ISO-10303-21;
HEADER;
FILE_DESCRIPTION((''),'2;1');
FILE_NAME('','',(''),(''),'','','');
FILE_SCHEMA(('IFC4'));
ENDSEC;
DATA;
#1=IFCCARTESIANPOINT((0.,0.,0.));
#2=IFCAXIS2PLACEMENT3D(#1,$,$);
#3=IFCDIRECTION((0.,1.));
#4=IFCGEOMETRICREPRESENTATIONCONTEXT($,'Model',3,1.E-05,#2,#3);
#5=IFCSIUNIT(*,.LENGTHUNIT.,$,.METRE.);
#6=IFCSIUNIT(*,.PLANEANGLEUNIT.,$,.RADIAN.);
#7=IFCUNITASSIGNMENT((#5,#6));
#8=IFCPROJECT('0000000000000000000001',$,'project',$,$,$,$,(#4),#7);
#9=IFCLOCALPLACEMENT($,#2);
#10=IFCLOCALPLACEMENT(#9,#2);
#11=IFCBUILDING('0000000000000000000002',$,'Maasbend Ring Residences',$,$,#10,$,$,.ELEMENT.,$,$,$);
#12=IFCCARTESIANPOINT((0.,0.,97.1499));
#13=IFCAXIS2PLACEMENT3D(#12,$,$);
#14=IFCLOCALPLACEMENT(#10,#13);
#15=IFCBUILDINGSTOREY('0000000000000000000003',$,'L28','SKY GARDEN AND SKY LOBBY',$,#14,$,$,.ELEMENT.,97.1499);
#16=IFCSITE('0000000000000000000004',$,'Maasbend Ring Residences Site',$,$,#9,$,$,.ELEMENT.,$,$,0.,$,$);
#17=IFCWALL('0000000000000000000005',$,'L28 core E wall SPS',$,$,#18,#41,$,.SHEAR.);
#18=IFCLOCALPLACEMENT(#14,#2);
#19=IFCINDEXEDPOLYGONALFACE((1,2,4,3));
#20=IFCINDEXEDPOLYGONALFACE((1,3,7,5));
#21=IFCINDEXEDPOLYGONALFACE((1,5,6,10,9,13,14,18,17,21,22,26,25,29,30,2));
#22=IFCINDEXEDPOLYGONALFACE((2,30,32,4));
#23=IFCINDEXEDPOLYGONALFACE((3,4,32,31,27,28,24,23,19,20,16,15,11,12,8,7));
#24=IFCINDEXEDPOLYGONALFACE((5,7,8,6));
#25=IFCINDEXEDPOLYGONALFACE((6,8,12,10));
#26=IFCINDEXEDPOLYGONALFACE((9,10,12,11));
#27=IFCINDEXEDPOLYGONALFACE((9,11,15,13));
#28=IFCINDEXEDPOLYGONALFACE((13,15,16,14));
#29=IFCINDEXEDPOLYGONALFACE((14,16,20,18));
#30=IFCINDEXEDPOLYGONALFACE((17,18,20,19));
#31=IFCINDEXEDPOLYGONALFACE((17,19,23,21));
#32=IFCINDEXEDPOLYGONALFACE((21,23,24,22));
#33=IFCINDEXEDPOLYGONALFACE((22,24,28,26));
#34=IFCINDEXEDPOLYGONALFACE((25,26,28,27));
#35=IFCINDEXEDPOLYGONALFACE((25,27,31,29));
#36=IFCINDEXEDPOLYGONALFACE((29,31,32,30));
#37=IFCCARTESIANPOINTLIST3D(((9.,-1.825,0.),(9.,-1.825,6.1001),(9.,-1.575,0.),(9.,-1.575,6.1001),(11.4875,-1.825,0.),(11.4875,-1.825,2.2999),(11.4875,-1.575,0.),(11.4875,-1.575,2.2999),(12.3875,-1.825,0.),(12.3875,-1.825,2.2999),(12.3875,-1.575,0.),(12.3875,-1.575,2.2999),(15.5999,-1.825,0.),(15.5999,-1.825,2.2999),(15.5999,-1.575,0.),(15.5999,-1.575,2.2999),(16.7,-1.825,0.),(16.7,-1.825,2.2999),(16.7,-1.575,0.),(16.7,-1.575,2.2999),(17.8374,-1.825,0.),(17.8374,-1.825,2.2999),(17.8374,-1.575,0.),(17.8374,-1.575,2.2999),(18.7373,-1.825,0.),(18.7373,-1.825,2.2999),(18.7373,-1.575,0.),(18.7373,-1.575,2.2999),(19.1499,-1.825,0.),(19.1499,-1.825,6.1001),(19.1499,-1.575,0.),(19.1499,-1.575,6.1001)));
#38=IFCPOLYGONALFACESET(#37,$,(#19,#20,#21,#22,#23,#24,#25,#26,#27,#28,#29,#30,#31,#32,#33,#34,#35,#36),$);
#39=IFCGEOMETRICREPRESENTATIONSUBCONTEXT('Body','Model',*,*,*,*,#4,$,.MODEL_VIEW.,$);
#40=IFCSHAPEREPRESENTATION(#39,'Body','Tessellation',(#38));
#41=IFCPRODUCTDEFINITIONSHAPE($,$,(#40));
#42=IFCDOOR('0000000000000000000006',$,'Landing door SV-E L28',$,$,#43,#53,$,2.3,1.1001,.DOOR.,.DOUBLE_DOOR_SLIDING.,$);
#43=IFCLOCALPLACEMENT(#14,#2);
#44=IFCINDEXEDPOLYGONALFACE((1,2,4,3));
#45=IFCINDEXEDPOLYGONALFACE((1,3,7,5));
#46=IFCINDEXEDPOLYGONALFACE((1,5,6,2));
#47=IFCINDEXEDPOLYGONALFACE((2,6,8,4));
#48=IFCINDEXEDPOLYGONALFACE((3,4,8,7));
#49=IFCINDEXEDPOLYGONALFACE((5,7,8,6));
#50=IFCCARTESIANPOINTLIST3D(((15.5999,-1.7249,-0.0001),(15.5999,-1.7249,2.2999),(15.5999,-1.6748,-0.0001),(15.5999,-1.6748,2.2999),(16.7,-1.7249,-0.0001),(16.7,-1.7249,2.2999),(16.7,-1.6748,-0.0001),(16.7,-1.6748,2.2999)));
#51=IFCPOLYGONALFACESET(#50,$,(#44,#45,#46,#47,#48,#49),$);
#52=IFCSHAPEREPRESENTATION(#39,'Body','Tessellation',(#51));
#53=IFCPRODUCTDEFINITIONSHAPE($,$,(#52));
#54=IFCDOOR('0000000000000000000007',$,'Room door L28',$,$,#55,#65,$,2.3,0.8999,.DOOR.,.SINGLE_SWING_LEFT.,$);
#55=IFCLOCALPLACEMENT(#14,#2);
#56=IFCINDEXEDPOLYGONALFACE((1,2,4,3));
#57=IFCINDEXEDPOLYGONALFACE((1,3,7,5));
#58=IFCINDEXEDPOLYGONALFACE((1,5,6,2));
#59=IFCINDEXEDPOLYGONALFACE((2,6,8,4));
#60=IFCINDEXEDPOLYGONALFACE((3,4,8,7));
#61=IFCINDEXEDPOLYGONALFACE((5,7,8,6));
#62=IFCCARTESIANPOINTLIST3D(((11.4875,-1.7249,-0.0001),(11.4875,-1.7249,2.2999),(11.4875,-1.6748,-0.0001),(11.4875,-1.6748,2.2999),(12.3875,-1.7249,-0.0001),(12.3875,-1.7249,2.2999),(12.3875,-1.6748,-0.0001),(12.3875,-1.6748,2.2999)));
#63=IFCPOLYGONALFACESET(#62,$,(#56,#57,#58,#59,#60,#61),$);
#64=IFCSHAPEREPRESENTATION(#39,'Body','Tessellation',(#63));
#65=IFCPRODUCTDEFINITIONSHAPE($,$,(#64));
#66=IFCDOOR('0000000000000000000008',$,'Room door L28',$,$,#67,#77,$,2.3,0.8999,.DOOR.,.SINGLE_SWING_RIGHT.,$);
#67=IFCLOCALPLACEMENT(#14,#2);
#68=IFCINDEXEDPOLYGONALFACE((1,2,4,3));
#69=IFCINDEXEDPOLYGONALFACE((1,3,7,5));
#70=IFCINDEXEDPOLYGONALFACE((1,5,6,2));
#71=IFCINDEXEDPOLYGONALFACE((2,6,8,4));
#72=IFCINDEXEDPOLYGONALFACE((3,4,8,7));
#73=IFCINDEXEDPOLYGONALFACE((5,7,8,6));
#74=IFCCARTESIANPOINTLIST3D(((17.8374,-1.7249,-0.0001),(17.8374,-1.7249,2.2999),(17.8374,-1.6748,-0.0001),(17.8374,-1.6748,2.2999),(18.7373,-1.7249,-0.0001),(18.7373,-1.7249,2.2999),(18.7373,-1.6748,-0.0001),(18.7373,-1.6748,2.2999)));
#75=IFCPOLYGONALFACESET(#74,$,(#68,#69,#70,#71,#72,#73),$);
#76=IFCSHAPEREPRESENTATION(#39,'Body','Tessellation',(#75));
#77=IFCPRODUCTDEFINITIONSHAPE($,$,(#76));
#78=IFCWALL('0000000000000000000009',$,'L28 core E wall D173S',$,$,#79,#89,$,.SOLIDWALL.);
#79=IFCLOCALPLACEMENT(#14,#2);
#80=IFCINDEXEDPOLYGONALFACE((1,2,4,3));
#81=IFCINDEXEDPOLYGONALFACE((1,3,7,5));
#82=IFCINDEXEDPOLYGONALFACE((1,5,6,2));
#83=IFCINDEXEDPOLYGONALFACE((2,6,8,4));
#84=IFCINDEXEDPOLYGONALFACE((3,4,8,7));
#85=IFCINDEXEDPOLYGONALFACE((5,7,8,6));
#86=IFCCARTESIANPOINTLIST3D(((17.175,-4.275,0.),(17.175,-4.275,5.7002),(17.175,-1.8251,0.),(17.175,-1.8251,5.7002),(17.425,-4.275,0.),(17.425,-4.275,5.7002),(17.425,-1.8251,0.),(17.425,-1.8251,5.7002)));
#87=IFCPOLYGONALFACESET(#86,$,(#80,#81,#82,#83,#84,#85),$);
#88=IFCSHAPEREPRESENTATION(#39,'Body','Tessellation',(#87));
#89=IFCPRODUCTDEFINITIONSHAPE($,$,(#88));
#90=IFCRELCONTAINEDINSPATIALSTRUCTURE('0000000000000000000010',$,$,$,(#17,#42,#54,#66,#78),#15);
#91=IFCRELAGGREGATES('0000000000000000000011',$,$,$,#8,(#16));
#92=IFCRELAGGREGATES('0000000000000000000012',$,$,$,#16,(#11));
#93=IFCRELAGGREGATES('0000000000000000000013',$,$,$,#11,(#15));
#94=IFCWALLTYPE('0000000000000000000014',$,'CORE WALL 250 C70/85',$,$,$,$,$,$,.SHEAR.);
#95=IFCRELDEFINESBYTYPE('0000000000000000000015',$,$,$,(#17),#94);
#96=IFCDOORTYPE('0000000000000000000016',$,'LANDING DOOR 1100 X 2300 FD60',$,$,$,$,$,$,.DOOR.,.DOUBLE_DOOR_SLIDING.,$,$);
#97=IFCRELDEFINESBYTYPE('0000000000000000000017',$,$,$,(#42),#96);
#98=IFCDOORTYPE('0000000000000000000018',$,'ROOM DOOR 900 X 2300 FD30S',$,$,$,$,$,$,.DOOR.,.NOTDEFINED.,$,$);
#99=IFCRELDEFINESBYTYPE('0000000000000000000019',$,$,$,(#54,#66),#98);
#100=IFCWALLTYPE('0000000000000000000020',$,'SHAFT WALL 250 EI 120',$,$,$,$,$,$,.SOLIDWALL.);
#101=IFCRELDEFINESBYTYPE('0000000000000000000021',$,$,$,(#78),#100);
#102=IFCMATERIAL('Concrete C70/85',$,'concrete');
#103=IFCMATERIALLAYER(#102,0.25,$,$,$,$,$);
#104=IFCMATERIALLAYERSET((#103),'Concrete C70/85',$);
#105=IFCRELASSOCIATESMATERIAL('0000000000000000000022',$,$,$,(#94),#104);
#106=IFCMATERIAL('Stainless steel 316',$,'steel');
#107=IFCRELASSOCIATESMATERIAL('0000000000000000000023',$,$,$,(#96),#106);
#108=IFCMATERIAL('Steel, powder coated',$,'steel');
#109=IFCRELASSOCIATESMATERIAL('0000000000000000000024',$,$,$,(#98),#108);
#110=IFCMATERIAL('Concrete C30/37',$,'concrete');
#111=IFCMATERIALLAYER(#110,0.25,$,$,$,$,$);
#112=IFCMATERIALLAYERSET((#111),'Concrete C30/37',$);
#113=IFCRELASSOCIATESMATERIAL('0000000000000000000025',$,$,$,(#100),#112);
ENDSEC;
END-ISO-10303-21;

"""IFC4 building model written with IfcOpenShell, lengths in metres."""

from ifc_helpers import new_model, si_unit, direction, frame, frame_2d, origin, place, context, subcontext, project, spatial, rectangle, extrude, material, layer, layer_set, type_object, element, fill, save


model = new_model("IFC4")

# Units and contexts
model_context = context("Model", 3, precision=1e-05, world=origin(), true_north=direction((0.0, 1.0)))
body_context = subcontext(model_context, "Body", "Model", "MODEL_VIEW")
ifc_project = project(units=[si_unit("LENGTHUNIT", "METRE"), si_unit("PLANEANGLEUNIT", "RADIAN")], contexts=[model_context])

# Site, building, storey
site_placement = place(None, origin())
site = spatial("IfcSite", under=ifc_project, at=site_placement, Name="Maasbend Ring Residences Site", CompositionType="ELEMENT", RefElevation=0.0)
building_placement = place(site_placement, origin())
building = spatial("IfcBuilding", under=site, at=building_placement, Name="Maasbend Ring Residences", CompositionType="ELEMENT")
storey_placement = place(building_placement, frame((0.0, 0.0, 97.1499)))
storey = spatial("IfcBuildingStorey", under=building, at=storey_placement, Name="L28", Description="SKY GARDEN AND SKY LOBBY", CompositionType="ELEMENT", Elevation=97.1499)

# Wall, openings, doors
ifc_material_1 = material(Name="Concrete C70/85", Category="concrete")
ifc_layer_1 = layer(ifc_material_1, 0.25)
ifc_layer_set_1 = layer_set([ifc_layer_1], Name="Concrete C70/85")
wall_type_1 = type_object("IfcWallType", Name="CORE WALL 250 C70/85", PredefinedType="SHEAR", material=ifc_layer_set_1)
wall_1_placement = place(storey_placement, frame((19.1499, -1.7, 0.0), z_axis=(0.0, 0.0, 1.0), x_axis=(-1.0, 0.0, 0.0)))
wall_1 = element("IfcWall", 1, at=wall_1_placement, inside=storey, type_object=wall_type_1, Name="L28 core E wall SPS", PredefinedType="SHEAR", context=body_context, shape_type="SweptSolid", body=[
    extrude(rectangle(XDim=10.1499, YDim=0.25, at=frame_2d((5.075, 0.0))), origin(), (0.0, 0.0, 1.0), 6.1001),
])
opening_1_placement = place(wall_1_placement, frame((2.45, 0.0, 0.0)))
opening_1 = element("IfcOpeningElement", 2, at=opening_1_placement, cuts=wall_1, PredefinedType="OPENING", context=body_context, shape_type="SweptSolid", body=[
    extrude(rectangle(XDim=1.1001, YDim=2.3, at=frame_2d((0.55, 1.1499))), frame((0.0, 0.135, 0.0), z_axis=(0.0, -1.0, 0.0), x_axis=(1.0, 0.0, 0.0)), (0.0, 0.0, 1.0), 0.27),
])
opening_2_placement = place(wall_1_placement, frame((6.7625, 0.0, 0.0)))
opening_2 = element("IfcOpeningElement", 3, at=opening_2_placement, cuts=wall_1, PredefinedType="OPENING", context=body_context, shape_type="SweptSolid", body=[
    extrude(rectangle(XDim=0.8999, YDim=2.3, at=frame_2d((0.45, 1.1499))), frame((0.0, 0.135, 0.0), z_axis=(0.0, -1.0, 0.0), x_axis=(1.0, 0.0, 0.0)), (0.0, 0.0, 1.0), 0.27),
])
opening_3_placement = place(wall_1_placement, frame((0.4126, 0.0, 0.0)))
opening_3 = element("IfcOpeningElement", 4, at=opening_3_placement, cuts=wall_1, PredefinedType="OPENING", context=body_context, shape_type="SweptSolid", body=[
    extrude(rectangle(XDim=0.8999, YDim=2.3, at=frame_2d((0.45, 1.1499))), frame((0.0, 0.135, 0.0), z_axis=(0.0, -1.0, 0.0), x_axis=(1.0, 0.0, 0.0)), (0.0, 0.0, 1.0), 0.27),
])
ifc_material_2 = material(Name="Stainless steel 316", Category="steel")
door_type_1 = type_object("IfcDoorType", Name="LANDING DOOR 1100 X 2300 FD60", OperationType="DOUBLE_DOOR_SLIDING", PredefinedType="DOOR", material=ifc_material_2)
door_1_placement = place(opening_1_placement, origin())
door_1 = element("IfcDoor", 5, at=door_1_placement, inside=storey, type_object=door_type_1, Name="Landing door SV-E L28", OperationType="DOUBLE_DOOR_SLIDING", OverallHeight=2.3, OverallWidth=1.1001, PredefinedType="DOOR", context=body_context, shape_type="SweptSolid", body=[
    extrude(rectangle(XDim=1.1001, YDim=2.3, at=frame_2d((0.55, 1.1499))), frame((0.0, 0.0249, 0.0), z_axis=(0.0, -1.0, 0.0), x_axis=(1.0, 0.0, 0.0)), (0.0, 0.0, 1.0), 0.05),
])
fill(opening_1, door_1)
ifc_material_3 = material(Name="Steel, powder coated", Category="steel")
door_type_2 = type_object("IfcDoorType", Name="ROOM DOOR 900 X 2300 FD30S", OperationType="NOTDEFINED", PredefinedType="DOOR", material=ifc_material_3)
door_2_placement = place(opening_2_placement, origin())
door_2 = element("IfcDoor", 6, at=door_2_placement, inside=storey, type_object=door_type_2, Name="Room door L28", OperationType="SINGLE_SWING_LEFT", OverallHeight=2.3, OverallWidth=0.8999, PredefinedType="DOOR", context=body_context, shape_type="SweptSolid", body=[
    extrude(rectangle(XDim=0.8999, YDim=2.3, at=frame_2d((0.45, 1.1499))), frame((0.0, 0.0249, 0.0), z_axis=(0.0, -1.0, 0.0), x_axis=(1.0, 0.0, 0.0)), (0.0, 0.0, 1.0), 0.05),
])
fill(opening_2, door_2)
door_3_placement = place(opening_3_placement, origin())
door_3 = element("IfcDoor", 7, at=door_3_placement, inside=storey, type_object=door_type_2, Name="Room door L28", OperationType="SINGLE_SWING_RIGHT", OverallHeight=2.3, OverallWidth=0.8999, PredefinedType="DOOR", context=body_context, shape_type="SweptSolid", body=[
    extrude(rectangle(XDim=0.8999, YDim=2.3, at=frame_2d((0.45, 1.1499))), frame((0.0, 0.0249, 0.0), z_axis=(0.0, -1.0, 0.0), x_axis=(1.0, 0.0, 0.0)), (0.0, 0.0, 1.0), 0.05),
])
fill(opening_3, door_3)

# Wall
ifc_material_4 = material(Name="Concrete C30/37", Category="concrete")
ifc_layer_2 = layer(ifc_material_4, 0.25)
ifc_layer_set_2 = layer_set([ifc_layer_2], Name="Concrete C30/37")
wall_type_2 = type_object("IfcWallType", Name="SHAFT WALL 250 EI 120", PredefinedType="SOLIDWALL", material=ifc_layer_set_2)
wall_2_placement = place(storey_placement, frame((17.3, -1.825, 0.0), z_axis=(0.0, 0.0, 1.0), x_axis=(0.0, -1.0, 0.0)))
element("IfcWall", 8, at=wall_2_placement, inside=storey, type_object=wall_type_2, Name="L28 core E wall D173S", PredefinedType="SOLIDWALL", context=body_context, shape_type="SweptSolid", body=[
    extrude(rectangle(XDim=2.45, YDim=0.25, at=frame_2d((1.2251, 0.0))), origin(), (0.0, 0.0, 1.0), 5.7002),
])

save(model, "model.ifc")
